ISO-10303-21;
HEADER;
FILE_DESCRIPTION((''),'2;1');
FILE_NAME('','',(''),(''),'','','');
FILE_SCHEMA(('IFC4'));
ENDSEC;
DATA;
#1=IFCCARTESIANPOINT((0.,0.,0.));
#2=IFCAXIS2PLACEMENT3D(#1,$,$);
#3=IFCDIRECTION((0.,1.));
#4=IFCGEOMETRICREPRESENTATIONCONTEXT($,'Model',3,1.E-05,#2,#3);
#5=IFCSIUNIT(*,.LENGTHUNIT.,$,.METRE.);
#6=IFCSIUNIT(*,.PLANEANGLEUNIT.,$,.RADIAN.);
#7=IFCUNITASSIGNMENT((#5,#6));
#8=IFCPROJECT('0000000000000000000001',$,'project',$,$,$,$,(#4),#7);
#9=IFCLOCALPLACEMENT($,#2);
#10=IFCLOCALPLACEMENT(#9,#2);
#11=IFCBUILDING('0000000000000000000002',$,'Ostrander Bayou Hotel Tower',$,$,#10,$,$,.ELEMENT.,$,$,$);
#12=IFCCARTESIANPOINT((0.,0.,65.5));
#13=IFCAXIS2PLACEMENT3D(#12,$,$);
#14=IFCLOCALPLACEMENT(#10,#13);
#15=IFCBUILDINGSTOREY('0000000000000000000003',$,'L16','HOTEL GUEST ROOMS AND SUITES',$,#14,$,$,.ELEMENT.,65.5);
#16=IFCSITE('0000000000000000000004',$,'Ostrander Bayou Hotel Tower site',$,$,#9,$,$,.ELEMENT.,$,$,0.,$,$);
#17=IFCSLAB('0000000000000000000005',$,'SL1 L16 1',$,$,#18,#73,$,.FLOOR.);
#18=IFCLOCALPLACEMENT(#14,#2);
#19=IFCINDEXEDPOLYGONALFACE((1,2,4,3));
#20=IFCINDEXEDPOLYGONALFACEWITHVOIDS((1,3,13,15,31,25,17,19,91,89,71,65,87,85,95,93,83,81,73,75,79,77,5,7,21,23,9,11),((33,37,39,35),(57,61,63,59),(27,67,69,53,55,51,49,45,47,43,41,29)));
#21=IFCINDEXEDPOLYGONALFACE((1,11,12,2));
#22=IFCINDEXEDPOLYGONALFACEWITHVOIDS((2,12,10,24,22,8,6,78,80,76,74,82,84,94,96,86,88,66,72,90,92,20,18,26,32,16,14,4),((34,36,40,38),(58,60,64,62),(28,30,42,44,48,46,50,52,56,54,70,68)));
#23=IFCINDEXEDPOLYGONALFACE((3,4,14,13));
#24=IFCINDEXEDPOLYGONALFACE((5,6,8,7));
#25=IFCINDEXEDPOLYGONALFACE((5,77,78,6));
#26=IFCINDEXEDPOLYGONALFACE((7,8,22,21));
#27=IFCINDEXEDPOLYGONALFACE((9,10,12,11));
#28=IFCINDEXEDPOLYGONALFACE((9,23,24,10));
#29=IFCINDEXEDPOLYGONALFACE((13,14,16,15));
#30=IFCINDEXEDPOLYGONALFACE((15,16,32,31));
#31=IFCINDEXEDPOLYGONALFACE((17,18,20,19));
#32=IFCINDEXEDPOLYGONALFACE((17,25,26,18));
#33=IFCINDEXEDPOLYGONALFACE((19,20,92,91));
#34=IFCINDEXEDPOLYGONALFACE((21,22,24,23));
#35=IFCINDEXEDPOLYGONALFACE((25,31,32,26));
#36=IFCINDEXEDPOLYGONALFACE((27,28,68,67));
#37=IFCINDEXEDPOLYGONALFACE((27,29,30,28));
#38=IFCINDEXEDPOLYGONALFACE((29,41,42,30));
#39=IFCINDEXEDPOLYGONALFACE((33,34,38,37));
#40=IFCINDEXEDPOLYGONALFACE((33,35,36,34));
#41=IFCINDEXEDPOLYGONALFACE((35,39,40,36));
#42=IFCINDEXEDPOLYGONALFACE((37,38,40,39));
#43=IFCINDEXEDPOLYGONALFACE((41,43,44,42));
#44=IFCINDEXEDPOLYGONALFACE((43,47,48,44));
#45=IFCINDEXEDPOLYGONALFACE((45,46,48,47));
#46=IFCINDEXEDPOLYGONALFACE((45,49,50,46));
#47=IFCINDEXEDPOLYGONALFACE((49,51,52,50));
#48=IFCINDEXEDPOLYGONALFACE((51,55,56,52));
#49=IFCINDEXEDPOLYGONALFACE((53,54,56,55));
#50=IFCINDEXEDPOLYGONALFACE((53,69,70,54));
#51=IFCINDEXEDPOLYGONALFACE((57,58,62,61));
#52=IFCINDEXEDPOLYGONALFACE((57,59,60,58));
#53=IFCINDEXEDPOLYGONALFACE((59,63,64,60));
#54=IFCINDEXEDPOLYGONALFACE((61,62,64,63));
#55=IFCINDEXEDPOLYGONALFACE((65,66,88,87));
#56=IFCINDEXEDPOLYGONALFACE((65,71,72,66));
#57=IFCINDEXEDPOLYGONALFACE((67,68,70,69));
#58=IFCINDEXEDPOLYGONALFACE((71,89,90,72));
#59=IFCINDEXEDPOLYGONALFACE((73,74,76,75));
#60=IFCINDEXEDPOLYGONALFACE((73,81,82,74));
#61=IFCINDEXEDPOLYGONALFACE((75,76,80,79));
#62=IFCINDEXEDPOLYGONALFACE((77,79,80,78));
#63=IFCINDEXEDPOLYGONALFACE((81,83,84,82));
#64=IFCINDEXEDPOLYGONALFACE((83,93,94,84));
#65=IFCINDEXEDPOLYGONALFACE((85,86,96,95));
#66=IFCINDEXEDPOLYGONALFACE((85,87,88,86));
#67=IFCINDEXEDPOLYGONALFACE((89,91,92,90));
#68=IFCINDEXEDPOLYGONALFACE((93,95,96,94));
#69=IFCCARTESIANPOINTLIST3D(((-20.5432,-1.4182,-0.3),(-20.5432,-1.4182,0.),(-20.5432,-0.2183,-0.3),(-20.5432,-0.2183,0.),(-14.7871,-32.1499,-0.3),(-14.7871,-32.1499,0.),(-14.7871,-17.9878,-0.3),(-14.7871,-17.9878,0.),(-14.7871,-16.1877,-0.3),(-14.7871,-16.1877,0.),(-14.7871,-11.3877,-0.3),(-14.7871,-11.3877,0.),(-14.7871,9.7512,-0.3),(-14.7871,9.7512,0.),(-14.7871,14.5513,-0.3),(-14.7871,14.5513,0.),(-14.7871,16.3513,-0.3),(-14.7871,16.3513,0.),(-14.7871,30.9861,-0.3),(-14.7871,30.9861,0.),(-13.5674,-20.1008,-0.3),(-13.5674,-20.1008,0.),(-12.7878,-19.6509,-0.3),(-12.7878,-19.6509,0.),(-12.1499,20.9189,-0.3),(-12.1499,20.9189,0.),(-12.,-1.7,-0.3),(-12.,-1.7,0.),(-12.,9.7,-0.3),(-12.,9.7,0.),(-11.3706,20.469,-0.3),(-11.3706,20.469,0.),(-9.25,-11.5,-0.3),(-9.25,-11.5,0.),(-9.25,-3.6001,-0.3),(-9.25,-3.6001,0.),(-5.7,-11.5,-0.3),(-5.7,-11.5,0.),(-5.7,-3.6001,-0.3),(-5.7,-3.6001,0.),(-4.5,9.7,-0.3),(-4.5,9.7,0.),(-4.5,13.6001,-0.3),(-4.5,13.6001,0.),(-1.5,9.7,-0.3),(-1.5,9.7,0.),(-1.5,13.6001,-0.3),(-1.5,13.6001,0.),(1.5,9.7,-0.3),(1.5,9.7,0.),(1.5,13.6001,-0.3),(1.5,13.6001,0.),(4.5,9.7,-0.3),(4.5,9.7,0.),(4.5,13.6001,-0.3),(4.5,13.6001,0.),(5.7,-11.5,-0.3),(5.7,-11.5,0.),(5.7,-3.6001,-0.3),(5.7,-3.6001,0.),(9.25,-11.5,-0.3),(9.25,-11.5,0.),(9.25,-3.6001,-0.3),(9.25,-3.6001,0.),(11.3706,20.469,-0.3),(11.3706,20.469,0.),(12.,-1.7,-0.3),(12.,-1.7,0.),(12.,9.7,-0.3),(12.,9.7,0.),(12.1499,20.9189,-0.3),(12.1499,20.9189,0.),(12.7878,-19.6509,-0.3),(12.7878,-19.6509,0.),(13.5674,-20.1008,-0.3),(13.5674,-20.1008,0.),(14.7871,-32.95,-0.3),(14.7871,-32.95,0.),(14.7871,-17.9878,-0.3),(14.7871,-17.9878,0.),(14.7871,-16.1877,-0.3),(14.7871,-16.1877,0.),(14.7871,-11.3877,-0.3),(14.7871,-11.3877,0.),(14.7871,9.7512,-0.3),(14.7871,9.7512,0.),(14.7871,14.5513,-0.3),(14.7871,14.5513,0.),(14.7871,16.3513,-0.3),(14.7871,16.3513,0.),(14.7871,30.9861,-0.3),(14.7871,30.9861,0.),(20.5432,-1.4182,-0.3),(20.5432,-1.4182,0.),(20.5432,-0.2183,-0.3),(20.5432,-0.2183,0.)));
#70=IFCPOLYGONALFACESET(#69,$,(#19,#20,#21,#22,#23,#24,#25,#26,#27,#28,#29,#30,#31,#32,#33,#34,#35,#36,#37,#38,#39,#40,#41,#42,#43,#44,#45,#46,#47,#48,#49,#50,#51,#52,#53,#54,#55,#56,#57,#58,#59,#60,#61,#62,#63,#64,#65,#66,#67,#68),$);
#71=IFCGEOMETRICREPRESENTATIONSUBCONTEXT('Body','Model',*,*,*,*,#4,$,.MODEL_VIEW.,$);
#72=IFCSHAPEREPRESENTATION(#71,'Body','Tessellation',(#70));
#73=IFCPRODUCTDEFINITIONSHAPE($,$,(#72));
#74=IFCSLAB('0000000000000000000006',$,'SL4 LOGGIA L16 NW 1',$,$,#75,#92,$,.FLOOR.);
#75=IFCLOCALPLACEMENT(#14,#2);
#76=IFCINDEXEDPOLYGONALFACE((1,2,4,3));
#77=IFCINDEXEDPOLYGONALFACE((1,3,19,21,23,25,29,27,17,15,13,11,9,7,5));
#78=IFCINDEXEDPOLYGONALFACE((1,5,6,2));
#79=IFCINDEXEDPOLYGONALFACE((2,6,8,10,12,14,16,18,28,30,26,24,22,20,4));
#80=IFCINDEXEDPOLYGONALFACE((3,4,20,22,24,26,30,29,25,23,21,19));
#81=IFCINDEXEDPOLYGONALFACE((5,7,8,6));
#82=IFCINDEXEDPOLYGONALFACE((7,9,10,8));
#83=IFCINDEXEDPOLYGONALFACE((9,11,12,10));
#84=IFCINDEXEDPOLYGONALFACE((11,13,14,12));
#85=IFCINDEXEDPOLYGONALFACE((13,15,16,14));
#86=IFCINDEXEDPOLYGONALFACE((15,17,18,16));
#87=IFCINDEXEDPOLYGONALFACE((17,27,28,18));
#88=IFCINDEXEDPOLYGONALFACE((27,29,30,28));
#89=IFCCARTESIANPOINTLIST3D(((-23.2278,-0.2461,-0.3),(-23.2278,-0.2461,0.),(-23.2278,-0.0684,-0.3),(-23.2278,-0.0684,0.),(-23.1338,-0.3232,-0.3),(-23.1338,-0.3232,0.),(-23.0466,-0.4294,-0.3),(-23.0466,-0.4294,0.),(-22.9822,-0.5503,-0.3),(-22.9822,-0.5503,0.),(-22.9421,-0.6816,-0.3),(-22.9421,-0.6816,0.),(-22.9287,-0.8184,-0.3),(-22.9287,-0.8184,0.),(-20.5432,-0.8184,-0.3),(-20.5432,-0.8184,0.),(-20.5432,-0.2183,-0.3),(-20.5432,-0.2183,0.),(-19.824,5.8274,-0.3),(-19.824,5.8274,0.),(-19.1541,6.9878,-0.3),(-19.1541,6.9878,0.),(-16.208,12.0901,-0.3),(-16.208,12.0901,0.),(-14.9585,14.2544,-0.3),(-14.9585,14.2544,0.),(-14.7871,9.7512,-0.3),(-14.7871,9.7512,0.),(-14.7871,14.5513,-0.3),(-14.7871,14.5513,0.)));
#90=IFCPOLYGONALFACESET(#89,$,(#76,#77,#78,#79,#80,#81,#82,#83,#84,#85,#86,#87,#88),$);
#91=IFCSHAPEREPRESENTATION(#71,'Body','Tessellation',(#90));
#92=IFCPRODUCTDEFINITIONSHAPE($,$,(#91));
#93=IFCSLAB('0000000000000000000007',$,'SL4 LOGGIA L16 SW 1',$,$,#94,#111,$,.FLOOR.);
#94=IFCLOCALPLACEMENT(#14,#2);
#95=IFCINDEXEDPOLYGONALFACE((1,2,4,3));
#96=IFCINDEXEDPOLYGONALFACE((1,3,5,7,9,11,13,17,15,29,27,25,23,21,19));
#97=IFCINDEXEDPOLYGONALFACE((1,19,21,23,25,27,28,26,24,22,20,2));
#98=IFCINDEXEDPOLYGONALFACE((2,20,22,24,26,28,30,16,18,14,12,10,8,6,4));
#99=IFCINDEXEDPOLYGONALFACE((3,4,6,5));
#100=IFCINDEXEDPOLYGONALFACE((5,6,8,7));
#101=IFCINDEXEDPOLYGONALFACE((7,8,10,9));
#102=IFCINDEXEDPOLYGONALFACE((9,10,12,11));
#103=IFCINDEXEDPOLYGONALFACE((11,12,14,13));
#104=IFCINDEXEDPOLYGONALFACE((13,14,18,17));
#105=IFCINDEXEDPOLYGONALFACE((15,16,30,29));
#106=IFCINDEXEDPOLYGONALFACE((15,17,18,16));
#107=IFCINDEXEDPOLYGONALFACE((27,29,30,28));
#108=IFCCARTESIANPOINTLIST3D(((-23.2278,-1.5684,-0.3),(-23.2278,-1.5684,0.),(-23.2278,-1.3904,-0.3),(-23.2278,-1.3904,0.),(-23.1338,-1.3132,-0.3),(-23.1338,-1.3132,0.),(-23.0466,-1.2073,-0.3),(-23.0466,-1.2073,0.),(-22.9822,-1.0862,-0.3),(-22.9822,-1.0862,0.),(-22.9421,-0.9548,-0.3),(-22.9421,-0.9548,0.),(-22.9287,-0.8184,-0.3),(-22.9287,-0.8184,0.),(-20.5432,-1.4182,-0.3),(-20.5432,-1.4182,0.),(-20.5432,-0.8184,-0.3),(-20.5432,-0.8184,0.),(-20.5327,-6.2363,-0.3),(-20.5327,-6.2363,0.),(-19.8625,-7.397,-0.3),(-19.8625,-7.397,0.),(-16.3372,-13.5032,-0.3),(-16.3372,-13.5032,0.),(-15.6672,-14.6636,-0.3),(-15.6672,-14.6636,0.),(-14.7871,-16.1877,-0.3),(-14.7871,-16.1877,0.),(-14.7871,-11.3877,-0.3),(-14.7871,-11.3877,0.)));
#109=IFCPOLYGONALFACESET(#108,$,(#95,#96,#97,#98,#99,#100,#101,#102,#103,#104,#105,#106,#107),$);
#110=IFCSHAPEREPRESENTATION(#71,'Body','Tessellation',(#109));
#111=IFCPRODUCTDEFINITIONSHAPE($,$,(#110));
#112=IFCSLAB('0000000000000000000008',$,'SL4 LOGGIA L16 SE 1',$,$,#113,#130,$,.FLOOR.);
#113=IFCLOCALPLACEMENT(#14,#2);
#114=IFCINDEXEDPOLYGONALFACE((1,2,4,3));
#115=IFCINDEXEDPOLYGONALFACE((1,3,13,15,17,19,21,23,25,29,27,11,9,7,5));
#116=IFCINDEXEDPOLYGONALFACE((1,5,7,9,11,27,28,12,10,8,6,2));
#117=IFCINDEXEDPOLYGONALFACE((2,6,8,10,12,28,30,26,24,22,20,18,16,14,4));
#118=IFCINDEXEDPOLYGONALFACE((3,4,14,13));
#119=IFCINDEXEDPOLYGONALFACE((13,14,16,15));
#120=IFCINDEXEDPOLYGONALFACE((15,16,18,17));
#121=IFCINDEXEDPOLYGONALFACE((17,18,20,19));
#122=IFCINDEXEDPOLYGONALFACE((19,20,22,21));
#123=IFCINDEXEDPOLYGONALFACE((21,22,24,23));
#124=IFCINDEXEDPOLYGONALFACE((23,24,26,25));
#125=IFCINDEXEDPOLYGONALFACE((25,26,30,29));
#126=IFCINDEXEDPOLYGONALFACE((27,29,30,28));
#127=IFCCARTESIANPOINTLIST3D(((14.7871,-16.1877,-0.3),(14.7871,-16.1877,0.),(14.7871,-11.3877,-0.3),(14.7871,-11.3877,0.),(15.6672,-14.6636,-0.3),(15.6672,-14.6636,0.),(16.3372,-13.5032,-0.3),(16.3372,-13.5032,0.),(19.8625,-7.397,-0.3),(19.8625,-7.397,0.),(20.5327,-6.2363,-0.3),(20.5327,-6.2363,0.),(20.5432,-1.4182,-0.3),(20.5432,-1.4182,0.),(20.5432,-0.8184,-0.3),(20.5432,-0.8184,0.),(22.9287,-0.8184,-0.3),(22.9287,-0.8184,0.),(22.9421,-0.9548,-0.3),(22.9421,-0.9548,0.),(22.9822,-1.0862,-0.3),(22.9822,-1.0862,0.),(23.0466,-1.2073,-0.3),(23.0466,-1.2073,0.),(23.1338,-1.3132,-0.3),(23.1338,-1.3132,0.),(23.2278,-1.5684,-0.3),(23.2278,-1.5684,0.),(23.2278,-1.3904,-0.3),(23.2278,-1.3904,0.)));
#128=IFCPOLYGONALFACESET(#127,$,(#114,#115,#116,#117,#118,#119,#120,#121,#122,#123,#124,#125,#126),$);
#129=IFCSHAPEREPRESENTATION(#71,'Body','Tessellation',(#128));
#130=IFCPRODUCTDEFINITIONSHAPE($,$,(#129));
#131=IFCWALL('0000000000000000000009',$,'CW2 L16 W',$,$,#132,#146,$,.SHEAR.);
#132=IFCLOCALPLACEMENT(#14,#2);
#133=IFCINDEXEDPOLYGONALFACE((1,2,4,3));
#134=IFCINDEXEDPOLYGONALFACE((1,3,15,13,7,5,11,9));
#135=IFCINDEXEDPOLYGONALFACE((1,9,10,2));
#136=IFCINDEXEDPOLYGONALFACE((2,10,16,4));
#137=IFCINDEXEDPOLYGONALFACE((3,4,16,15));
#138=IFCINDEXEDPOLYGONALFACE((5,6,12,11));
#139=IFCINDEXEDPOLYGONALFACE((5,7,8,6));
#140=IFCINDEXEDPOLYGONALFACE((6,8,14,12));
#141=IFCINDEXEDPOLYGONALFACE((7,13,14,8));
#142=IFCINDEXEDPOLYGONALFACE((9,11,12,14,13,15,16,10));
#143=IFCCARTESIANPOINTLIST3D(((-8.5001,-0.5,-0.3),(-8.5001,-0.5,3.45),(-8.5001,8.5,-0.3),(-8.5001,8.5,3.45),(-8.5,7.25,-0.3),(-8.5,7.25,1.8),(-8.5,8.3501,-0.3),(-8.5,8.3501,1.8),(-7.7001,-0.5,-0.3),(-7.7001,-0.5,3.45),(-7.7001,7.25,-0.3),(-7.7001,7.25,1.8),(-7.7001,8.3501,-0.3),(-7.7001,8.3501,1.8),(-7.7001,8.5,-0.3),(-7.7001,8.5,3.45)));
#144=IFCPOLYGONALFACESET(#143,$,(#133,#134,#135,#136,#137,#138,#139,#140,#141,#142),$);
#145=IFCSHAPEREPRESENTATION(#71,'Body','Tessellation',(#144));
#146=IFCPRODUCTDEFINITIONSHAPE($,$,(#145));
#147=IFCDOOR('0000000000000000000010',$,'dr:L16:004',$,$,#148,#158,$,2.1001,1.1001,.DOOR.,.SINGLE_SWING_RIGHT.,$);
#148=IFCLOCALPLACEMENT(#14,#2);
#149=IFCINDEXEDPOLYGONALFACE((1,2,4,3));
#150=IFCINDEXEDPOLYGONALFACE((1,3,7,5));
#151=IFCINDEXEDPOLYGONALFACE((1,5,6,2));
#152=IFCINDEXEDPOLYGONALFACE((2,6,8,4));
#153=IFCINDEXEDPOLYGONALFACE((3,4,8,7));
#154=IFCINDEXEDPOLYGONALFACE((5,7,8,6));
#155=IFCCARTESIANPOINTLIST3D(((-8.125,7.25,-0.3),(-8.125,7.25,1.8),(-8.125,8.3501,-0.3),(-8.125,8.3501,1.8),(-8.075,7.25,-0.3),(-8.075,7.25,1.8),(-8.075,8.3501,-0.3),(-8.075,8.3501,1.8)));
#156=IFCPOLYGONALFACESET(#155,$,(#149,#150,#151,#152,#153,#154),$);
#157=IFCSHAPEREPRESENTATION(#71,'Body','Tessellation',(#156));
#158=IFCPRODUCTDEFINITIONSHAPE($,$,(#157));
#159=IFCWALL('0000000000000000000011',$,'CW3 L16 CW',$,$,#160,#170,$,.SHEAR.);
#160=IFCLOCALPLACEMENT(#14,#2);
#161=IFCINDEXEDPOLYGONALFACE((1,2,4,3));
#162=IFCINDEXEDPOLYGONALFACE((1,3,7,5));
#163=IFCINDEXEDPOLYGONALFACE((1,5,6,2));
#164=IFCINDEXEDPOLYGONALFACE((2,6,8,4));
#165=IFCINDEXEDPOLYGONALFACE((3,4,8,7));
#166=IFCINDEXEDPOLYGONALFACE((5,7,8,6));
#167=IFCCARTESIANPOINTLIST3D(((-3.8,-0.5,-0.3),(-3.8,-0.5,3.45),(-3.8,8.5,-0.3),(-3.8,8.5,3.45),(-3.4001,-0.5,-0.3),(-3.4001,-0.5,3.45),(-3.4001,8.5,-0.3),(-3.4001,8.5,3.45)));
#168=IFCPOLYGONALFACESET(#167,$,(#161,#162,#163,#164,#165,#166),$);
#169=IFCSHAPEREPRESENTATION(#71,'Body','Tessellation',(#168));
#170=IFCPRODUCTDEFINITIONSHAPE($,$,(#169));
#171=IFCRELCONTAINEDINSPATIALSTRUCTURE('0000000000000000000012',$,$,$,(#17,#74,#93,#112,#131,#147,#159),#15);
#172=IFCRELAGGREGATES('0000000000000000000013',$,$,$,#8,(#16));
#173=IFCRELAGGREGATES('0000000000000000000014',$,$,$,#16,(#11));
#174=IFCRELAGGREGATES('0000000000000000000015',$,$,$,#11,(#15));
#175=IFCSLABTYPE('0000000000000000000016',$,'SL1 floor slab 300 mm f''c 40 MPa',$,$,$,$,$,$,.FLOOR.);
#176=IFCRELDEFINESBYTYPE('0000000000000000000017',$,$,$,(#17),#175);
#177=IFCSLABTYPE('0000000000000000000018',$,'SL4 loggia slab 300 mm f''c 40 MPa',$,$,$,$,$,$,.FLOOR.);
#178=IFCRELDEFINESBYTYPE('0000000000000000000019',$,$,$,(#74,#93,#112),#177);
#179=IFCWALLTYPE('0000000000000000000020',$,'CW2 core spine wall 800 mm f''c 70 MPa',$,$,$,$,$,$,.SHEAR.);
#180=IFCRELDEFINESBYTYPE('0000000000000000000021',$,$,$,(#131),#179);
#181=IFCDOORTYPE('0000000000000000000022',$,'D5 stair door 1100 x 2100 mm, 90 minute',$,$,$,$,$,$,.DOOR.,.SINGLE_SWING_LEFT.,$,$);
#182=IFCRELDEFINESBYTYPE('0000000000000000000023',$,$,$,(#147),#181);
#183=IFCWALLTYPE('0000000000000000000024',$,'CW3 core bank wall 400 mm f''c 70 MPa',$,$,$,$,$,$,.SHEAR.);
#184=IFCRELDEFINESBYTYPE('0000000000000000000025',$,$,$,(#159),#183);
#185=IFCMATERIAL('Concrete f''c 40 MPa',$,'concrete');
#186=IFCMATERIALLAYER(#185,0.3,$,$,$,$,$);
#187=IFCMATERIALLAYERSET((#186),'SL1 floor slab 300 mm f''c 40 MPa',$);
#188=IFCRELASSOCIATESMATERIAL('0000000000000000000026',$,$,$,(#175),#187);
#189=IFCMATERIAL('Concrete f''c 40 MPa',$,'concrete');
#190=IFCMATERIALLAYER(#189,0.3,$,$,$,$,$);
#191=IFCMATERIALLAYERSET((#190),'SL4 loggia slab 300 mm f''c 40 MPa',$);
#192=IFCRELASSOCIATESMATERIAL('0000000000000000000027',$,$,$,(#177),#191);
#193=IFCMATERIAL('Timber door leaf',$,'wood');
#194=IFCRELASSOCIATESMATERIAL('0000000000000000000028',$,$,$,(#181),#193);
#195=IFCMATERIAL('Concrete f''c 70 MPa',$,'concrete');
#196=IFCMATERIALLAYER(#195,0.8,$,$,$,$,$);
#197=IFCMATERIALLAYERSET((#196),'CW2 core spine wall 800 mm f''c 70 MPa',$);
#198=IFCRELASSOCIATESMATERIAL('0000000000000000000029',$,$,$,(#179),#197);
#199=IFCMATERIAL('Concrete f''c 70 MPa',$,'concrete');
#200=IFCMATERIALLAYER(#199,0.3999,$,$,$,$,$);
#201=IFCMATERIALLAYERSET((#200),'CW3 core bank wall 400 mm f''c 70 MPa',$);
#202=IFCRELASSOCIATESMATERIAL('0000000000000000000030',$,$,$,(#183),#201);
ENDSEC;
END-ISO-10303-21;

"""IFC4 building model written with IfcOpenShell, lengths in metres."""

from ifc_helpers import new_model, si_unit, direction, frame, frame_2d, origin, place, context, subcontext, project, spatial, polyline, rectangle, outline, extrude, material, layer, layer_set, type_object, element, fill, save


model = new_model("IFC4")

# Units and contexts
model_context = context("Model", 3, precision=1e-05, world=origin(), true_north=direction((0.0, 1.0)))
body_context = subcontext(model_context, "Body", "Model", "MODEL_VIEW")
ifc_project = project(units=[si_unit("LENGTHUNIT", "METRE"), si_unit("PLANEANGLEUNIT", "RADIAN")], contexts=[model_context])

# Site, building, storey
site_placement = place(None, origin())
site = spatial("IfcSite", under=ifc_project, at=site_placement, Name="Ostrander Bayou Hotel Tower site", CompositionType="ELEMENT", RefElevation=0.0)
building_placement = place(site_placement, origin())
building = spatial("IfcBuilding", under=site, at=building_placement, Name="Ostrander Bayou Hotel Tower", CompositionType="ELEMENT")
storey_placement = place(building_placement, frame((0.0, 0.0, 65.5)))
storey = spatial("IfcBuildingStorey", under=building, at=storey_placement, Name="L16", Description="HOTEL GUEST ROOMS AND SUITES", CompositionType="ELEMENT", Elevation=65.5)

# Slabs
ifc_material_1 = material(Name="Concrete f'c 40 MPa", Category="concrete")
ifc_layer_1 = layer(ifc_material_1, 0.3)
ifc_layer_set_1 = layer_set([ifc_layer_1], Name="SL1 floor slab 300 mm f'c 40 MPa")
slab_type_1 = type_object("IfcSlabType", Name="SL1 floor slab 300 mm f'c 40 MPa", PredefinedType="FLOOR", material=ifc_layer_set_1)
slab_1_placement = place(storey_placement, frame((0.0, 0.0, -0.3)))
element("IfcSlab", 1, at=slab_1_placement, inside=storey, type_object=slab_type_1, Name="SL1 L16 1", PredefinedType="FLOOR", context=body_context, shape_type="SweptSolid", body=[
    extrude(outline(polyline([(-13.5674, -20.1008), (-12.7878, -19.6509), (-14.7871, -16.1877), (-14.7871, -11.3877), (-20.5432, -1.4182), (-20.5432, -0.2183), (-14.7871, 9.7512), (-14.7871, 14.5513), (-11.3706, 20.469), (-12.1499, 20.9189), (-14.7871, 16.3513), (-14.7871, 30.9861), (14.7871, 30.9861), (14.7871, 16.3513), (12.1499, 20.9189), (11.3706, 20.469), (14.7871, 14.5513), (14.7871, 9.7512), (20.5432, -0.2183), (20.5432, -1.4182), (14.7871, -11.3877), (14.7871, -16.1877), (12.7878, -19.6509), (13.5674, -20.1008), (14.7871, -17.9878), (14.7871, -32.95), (-14.7871, -32.1499), (-14.7871, -17.9878), (-13.5674, -20.1008)]), holes=[polyline([(-12.0, -1.7), (12.0, -1.7), (12.0, 9.7), (4.5, 9.7), (4.5, 13.6001), (1.5, 13.6001), (1.5, 9.7), (-1.5, 9.7), (-1.5, 13.6001), (-4.5, 13.6001), (-4.5, 9.7), (-12.0, 9.7), (-12.0, -1.7)]), polyline([(9.25, -3.6001), (5.7, -3.6001), (5.7, -11.5), (9.25, -11.5), (9.25, -3.6001)]), polyline([(-5.7, -3.6001), (-9.25, -3.6001), (-9.25, -11.5), (-5.7, -11.5), (-5.7, -3.6001)])]), origin(), (0.0, 0.0, 1.0), 0.3),
])
ifc_material_2 = material(Name="Concrete f'c 40 MPa", Category="concrete")
ifc_layer_2 = layer(ifc_material_2, 0.3)
ifc_layer_set_2 = layer_set([ifc_layer_2], Name="SL4 loggia slab 300 mm f'c 40 MPa")
slab_type_2 = type_object("IfcSlabType", Name="SL4 loggia slab 300 mm f'c 40 MPa", PredefinedType="FLOOR", material=ifc_layer_set_2)
slab_2_placement = place(storey_placement, frame((0.0, 0.0, -0.3)))
element("IfcSlab", 2, at=slab_2_placement, inside=storey, type_object=slab_type_2, Name="SL4 LOGGIA L16 NW 1", PredefinedType="FLOOR", context=body_context, shape_type="SweptSolid", body=[
    extrude(outline(polyline([(-14.9585, 14.2544), (-14.7871, 14.5513), (-14.7871, 9.7512), (-20.5432, -0.2183), (-20.5432, -0.8184), (-22.9287, -0.8184), (-22.9421, -0.6816), (-22.9822, -0.5503), (-23.0466, -0.4294), (-23.1338, -0.3232), (-23.2278, -0.2461), (-23.2278, -0.0684), (-19.824, 5.8274), (-19.1541, 6.9878), (-16.208, 12.0901), (-14.9585, 14.2544)])), origin(), (0.0, 0.0, 1.0), 0.3),
])
slab_3_placement = place(storey_placement, frame((0.0, 0.0, -0.3)))
element("IfcSlab", 3, at=slab_3_placement, inside=storey, type_object=slab_type_2, Name="SL4 LOGGIA L16 SW 1", PredefinedType="FLOOR", context=body_context, shape_type="SweptSolid", body=[
    extrude(outline(polyline([(-14.7871, -16.1877), (-15.6672, -14.6636), (-16.3372, -13.5032), (-19.8625, -7.397), (-20.5327, -6.2363), (-23.2278, -1.5684), (-23.2278, -1.3904), (-23.1338, -1.3132), (-23.0466, -1.2073), (-22.9822, -1.0862), (-22.9421, -0.9548), (-22.9287, -0.8184), (-20.5432, -0.8184), (-20.5432, -1.4182), (-14.7871, -11.3877), (-14.7871, -16.1877)])), origin(), (0.0, 0.0, 1.0), 0.3),
])
slab_4_placement = place(storey_placement, frame((0.0, 0.0, -0.3)))
element("IfcSlab", 4, at=slab_4_placement, inside=storey, type_object=slab_type_2, Name="SL4 LOGGIA L16 SE 1", PredefinedType="FLOOR", context=body_context, shape_type="SweptSolid", body=[
    extrude(outline(polyline([(16.3372, -13.5032), (15.6672, -14.6636), (14.7871, -16.1877), (14.7871, -11.3877), (20.5432, -1.4182), (20.5432, -0.8184), (22.9287, -0.8184), (22.9421, -0.9548), (22.9822, -1.0862), (23.0466, -1.2073), (23.1338, -1.3132), (23.2278, -1.3904), (23.2278, -1.5684), (20.5327, -6.2363), (19.8625, -7.397), (16.3372, -13.5032)])), origin(), (0.0, 0.0, 1.0), 0.3),
])

# Shared definitions
ifc_material_3 = material(Name="Timber door leaf", Category="wood")
door_type_1 = type_object("IfcDoorType", Name="D5 stair door 1100 x 2100 mm, 90 minute", OperationType="SINGLE_SWING_LEFT", PredefinedType="DOOR", material=ifc_material_3)

# Wall, opening, door
ifc_material_4 = material(Name="Concrete f'c 70 MPa", Category="concrete")
ifc_layer_3 = layer(ifc_material_4, 0.8)
ifc_layer_set_3 = layer_set([ifc_layer_3], Name="CW2 core spine wall 800 mm f'c 70 MPa")
wall_type_1 = type_object("IfcWallType", Name="CW2 core spine wall 800 mm f'c 70 MPa", PredefinedType="SHEAR", material=ifc_layer_set_3)
wall_1_placement = place(storey_placement, frame((-8.1001, -0.5, -0.3), z_axis=(0.0, 0.0, 1.0), x_axis=(0.0, 1.0, 0.0)))
wall_1 = element("IfcWall", 5, at=wall_1_placement, inside=storey, type_object=wall_type_1, Name="CW2 L16 W", PredefinedType="SHEAR", context=body_context, shape_type="SweptSolid", body=[
    extrude(rectangle(XDim=9.0, YDim=0.8, at=frame_2d((4.5, 0.0))), origin(), (0.0, 0.0, 1.0), 3.75),
])
opening_1_placement = place(wall_1_placement, frame((7.75, 0.0, 0.0)))
opening_1 = element("IfcOpeningElement", 6, at=opening_1_placement, cuts=wall_1, PredefinedType="OPENING", context=body_context, shape_type="SweptSolid", body=[
    extrude(rectangle(XDim=1.1001, YDim=2.1001, at=frame_2d((0.55, 1.05))), frame((0.0, 0.3999, 0.0), z_axis=(0.0, -1.0, 0.0), x_axis=(1.0, 0.0, 0.0)), (0.0, 0.0, 1.0), 0.8),
])
door_1_placement = place(opening_1_placement, origin())
door_1 = element("IfcDoor", 7, at=door_1_placement, inside=storey, type_object=door_type_1, Name="dr:L16:004", OperationType="SINGLE_SWING_RIGHT", OverallHeight=2.1001, OverallWidth=1.1001, PredefinedType="DOOR", context=body_context, shape_type="SweptSolid", body=[
    extrude(rectangle(XDim=1.1001, YDim=2.1001, at=frame_2d((0.55, 1.05))), frame((0.0, 0.0249, 0.0), z_axis=(0.0, -1.0, 0.0), x_axis=(1.0, 0.0, 0.0)), (0.0, 0.0, 1.0), 0.05),
])
fill(opening_1, door_1)

# Wall
ifc_material_5 = material(Name="Concrete f'c 70 MPa", Category="concrete")
ifc_layer_4 = layer(ifc_material_5, 0.3999)
ifc_layer_set_4 = layer_set([ifc_layer_4], Name="CW3 core bank wall 400 mm f'c 70 MPa")
wall_type_2 = type_object("IfcWallType", Name="CW3 core bank wall 400 mm f'c 70 MPa", PredefinedType="SHEAR", material=ifc_layer_set_4)
wall_2_placement = place(storey_placement, frame((-3.6001, -0.5, -0.3), z_axis=(0.0, 0.0, 1.0), x_axis=(0.0, 1.0, 0.0)))
element("IfcWall", 8, at=wall_2_placement, inside=storey, type_object=wall_type_2, Name="CW3 L16 CW", PredefinedType="SHEAR", context=body_context, shape_type="SweptSolid", body=[
    extrude(rectangle(XDim=9.0, YDim=0.3999, at=frame_2d((4.5, 0.0))), origin(), (0.0, 0.0, 1.0), 3.75),
])

save(model, "model.ifc")
